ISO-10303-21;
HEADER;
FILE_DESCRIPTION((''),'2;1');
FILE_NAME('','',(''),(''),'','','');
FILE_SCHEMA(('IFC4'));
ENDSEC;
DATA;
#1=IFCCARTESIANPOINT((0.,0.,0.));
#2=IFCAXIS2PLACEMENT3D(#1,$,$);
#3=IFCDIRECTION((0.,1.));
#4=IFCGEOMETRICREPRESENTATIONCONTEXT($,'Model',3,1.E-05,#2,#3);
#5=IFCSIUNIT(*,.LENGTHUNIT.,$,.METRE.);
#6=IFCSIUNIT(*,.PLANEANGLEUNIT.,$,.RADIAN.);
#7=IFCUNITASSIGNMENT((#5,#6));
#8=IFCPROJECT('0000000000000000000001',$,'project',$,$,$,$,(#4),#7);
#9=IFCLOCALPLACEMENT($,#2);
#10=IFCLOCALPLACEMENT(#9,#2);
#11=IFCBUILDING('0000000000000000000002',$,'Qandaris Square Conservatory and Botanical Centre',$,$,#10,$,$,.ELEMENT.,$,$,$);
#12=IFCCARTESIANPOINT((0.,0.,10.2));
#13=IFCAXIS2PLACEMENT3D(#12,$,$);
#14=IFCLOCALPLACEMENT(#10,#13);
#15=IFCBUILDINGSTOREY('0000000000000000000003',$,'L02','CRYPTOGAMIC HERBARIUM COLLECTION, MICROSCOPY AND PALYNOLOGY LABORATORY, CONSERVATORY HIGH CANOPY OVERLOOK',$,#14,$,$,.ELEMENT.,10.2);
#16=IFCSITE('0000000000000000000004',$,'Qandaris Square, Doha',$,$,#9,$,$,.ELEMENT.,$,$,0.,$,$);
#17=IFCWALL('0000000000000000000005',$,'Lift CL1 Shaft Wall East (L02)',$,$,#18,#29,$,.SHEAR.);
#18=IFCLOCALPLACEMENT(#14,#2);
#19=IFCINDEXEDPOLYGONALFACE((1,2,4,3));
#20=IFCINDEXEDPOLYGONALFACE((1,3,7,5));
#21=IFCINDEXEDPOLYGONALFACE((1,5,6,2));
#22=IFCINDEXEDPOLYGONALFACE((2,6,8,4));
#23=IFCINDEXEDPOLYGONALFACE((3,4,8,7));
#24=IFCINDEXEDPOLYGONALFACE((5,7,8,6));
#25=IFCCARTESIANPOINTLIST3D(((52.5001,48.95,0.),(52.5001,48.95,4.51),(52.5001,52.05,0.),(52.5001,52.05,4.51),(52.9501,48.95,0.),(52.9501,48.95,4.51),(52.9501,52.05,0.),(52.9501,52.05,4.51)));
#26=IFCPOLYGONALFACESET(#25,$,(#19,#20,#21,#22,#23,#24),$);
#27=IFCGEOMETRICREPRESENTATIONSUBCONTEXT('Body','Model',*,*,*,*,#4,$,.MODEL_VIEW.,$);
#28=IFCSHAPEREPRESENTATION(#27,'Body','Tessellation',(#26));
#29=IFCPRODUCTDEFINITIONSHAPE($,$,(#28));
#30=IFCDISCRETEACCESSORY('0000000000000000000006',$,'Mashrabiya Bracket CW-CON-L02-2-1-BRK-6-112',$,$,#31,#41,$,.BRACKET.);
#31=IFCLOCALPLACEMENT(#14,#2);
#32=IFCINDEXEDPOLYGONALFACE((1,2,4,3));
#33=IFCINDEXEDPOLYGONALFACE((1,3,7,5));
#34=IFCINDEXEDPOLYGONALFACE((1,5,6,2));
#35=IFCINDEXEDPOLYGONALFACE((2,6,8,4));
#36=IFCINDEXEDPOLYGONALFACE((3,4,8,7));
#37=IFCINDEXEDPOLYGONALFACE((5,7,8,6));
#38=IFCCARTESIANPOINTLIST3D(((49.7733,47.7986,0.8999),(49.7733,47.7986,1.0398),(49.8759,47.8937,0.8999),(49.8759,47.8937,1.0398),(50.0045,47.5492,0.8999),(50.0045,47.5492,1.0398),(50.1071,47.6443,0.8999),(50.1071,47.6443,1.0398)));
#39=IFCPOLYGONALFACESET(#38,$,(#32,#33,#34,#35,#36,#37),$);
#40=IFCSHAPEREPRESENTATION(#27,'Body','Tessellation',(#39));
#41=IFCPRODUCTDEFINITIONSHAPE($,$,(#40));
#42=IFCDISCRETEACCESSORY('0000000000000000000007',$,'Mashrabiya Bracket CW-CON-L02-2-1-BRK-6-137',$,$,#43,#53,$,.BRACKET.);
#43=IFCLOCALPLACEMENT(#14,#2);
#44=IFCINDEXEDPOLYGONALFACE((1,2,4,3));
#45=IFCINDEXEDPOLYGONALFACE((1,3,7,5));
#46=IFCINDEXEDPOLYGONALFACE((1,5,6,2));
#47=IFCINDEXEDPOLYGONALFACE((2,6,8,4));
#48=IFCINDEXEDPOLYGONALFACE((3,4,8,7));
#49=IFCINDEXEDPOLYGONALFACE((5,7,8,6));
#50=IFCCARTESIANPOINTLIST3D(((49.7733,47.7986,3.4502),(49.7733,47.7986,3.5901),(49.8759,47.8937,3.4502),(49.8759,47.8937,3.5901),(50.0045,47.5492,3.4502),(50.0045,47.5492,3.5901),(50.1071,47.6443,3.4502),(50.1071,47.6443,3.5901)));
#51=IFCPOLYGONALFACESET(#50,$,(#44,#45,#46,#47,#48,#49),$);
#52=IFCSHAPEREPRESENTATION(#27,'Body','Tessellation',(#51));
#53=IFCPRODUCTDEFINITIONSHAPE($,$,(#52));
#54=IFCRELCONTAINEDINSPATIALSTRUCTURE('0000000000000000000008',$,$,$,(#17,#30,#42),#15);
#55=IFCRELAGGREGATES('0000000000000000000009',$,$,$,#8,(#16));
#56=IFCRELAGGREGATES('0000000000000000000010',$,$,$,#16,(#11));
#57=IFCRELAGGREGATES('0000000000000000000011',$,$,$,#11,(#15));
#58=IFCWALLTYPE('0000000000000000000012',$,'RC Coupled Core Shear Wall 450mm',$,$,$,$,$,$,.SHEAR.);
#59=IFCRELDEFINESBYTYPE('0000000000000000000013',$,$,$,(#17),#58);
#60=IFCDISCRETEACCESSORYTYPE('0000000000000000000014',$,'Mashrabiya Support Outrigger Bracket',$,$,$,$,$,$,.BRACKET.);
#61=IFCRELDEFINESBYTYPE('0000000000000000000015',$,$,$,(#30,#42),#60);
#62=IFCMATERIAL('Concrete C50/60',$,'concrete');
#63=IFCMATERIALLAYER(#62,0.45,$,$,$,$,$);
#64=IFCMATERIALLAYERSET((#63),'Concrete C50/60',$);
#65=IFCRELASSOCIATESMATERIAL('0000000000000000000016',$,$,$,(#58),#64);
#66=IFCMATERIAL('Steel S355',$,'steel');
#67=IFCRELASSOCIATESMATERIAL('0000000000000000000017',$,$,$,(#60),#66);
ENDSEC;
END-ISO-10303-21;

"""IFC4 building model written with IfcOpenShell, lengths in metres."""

from ifc_helpers import new_model, si_unit, direction, frame, frame_2d, origin, origin_2d, place, context, subcontext, project, spatial, rectangle, extrude, material, layer, layer_set, type_object, element, save


model = new_model("IFC4")

# Units and contexts
model_context = context("Model", 3, precision=1e-05, world=origin(), true_north=direction((0.0, 1.0)))
body_context = subcontext(model_context, "Body", "Model", "MODEL_VIEW")
ifc_project = project(units=[si_unit("LENGTHUNIT", "METRE"), si_unit("PLANEANGLEUNIT", "RADIAN")], contexts=[model_context])

# Site, building, storey
site_placement = place(None, origin())
site = spatial("IfcSite", under=ifc_project, at=site_placement, Name="Qandaris Square, Doha", CompositionType="ELEMENT", RefElevation=0.0)
building_placement = place(site_placement, origin())
building = spatial("IfcBuilding", under=site, at=building_placement, Name="Qandaris Square Conservatory and Botanical Centre", CompositionType="ELEMENT")
storey_placement = place(building_placement, frame((0.0, 0.0, 10.2)))
storey = spatial("IfcBuildingStorey", under=building, at=storey_placement, Name="L02", Description="CRYPTOGAMIC HERBARIUM COLLECTION, MICROSCOPY AND PALYNOLOGY LABORATORY, CONSERVATORY HIGH CANOPY OVERLOOK", CompositionType="ELEMENT", Elevation=10.2)

# Shared definitions
ifc_material_1 = material(Name="Concrete C50/60", Category="concrete")

# Shared definitions
ifc_layer_1 = layer(ifc_material_1, 0.45)
ifc_layer_set_1 = layer_set([ifc_layer_1], Name="Concrete C50/60")
wall_type = type_object("IfcWallType", Name="RC Coupled Core Shear Wall 450mm", PredefinedType="SHEAR", material=ifc_layer_set_1)

# Wall
wall_1_placement = place(storey_placement, frame((52.7251, 48.95, 0.0), z_axis=(0.0, 0.0, 1.0), x_axis=(0.0, 1.0, 0.0)))
element("IfcWall", 1, at=wall_1_placement, inside=storey, type_object=wall_type, Name="Lift CL1 Shaft Wall East (L02)", PredefinedType="SHEAR", context=body_context, shape_type="SweptSolid", body=[
    extrude(rectangle(XDim=3.1001, YDim=0.45, at=frame_2d((1.55, 0.0))), origin(), (0.0, 0.0, 1.0), 4.51),
])

# Discrete accessories
ifc_material_2 = material(Name="Steel S355", Category="steel")
discrete_accessory_type = type_object("IfcDiscreteAccessoryType", Name="Mashrabiya Support Outrigger Bracket", PredefinedType="BRACKET", material=ifc_material_2)
for number, where, z_axis, x_axis, name in (
    (2, (49.9402, 47.7214, 0.8999), (0.0, 0.0, 1.0), (0.733433, 0.679762, 0.0), "Mashrabiya Bracket CW-CON-L02-2-1-BRK-6-112"),
    (3, (49.9402, 47.7214, 3.4502), (0.0, 0.0, 1.0), (0.733433, 0.679762, 0.0), "Mashrabiya Bracket CW-CON-L02-2-1-BRK-6-137"),
):
    element("IfcDiscreteAccessory", number, at=place(storey_placement, frame(where, z_axis=z_axis, x_axis=x_axis)), inside=storey, type_object=discrete_accessory_type, Name=name, PredefinedType="BRACKET", context=body_context, shape_type="SweptSolid", body=[
        extrude(rectangle(XDim=0.1399, YDim=0.3401, at=origin_2d()), origin(), (0.0, 0.0, 1.0), 0.1399),
    ])

save(model, "model.ifc")
